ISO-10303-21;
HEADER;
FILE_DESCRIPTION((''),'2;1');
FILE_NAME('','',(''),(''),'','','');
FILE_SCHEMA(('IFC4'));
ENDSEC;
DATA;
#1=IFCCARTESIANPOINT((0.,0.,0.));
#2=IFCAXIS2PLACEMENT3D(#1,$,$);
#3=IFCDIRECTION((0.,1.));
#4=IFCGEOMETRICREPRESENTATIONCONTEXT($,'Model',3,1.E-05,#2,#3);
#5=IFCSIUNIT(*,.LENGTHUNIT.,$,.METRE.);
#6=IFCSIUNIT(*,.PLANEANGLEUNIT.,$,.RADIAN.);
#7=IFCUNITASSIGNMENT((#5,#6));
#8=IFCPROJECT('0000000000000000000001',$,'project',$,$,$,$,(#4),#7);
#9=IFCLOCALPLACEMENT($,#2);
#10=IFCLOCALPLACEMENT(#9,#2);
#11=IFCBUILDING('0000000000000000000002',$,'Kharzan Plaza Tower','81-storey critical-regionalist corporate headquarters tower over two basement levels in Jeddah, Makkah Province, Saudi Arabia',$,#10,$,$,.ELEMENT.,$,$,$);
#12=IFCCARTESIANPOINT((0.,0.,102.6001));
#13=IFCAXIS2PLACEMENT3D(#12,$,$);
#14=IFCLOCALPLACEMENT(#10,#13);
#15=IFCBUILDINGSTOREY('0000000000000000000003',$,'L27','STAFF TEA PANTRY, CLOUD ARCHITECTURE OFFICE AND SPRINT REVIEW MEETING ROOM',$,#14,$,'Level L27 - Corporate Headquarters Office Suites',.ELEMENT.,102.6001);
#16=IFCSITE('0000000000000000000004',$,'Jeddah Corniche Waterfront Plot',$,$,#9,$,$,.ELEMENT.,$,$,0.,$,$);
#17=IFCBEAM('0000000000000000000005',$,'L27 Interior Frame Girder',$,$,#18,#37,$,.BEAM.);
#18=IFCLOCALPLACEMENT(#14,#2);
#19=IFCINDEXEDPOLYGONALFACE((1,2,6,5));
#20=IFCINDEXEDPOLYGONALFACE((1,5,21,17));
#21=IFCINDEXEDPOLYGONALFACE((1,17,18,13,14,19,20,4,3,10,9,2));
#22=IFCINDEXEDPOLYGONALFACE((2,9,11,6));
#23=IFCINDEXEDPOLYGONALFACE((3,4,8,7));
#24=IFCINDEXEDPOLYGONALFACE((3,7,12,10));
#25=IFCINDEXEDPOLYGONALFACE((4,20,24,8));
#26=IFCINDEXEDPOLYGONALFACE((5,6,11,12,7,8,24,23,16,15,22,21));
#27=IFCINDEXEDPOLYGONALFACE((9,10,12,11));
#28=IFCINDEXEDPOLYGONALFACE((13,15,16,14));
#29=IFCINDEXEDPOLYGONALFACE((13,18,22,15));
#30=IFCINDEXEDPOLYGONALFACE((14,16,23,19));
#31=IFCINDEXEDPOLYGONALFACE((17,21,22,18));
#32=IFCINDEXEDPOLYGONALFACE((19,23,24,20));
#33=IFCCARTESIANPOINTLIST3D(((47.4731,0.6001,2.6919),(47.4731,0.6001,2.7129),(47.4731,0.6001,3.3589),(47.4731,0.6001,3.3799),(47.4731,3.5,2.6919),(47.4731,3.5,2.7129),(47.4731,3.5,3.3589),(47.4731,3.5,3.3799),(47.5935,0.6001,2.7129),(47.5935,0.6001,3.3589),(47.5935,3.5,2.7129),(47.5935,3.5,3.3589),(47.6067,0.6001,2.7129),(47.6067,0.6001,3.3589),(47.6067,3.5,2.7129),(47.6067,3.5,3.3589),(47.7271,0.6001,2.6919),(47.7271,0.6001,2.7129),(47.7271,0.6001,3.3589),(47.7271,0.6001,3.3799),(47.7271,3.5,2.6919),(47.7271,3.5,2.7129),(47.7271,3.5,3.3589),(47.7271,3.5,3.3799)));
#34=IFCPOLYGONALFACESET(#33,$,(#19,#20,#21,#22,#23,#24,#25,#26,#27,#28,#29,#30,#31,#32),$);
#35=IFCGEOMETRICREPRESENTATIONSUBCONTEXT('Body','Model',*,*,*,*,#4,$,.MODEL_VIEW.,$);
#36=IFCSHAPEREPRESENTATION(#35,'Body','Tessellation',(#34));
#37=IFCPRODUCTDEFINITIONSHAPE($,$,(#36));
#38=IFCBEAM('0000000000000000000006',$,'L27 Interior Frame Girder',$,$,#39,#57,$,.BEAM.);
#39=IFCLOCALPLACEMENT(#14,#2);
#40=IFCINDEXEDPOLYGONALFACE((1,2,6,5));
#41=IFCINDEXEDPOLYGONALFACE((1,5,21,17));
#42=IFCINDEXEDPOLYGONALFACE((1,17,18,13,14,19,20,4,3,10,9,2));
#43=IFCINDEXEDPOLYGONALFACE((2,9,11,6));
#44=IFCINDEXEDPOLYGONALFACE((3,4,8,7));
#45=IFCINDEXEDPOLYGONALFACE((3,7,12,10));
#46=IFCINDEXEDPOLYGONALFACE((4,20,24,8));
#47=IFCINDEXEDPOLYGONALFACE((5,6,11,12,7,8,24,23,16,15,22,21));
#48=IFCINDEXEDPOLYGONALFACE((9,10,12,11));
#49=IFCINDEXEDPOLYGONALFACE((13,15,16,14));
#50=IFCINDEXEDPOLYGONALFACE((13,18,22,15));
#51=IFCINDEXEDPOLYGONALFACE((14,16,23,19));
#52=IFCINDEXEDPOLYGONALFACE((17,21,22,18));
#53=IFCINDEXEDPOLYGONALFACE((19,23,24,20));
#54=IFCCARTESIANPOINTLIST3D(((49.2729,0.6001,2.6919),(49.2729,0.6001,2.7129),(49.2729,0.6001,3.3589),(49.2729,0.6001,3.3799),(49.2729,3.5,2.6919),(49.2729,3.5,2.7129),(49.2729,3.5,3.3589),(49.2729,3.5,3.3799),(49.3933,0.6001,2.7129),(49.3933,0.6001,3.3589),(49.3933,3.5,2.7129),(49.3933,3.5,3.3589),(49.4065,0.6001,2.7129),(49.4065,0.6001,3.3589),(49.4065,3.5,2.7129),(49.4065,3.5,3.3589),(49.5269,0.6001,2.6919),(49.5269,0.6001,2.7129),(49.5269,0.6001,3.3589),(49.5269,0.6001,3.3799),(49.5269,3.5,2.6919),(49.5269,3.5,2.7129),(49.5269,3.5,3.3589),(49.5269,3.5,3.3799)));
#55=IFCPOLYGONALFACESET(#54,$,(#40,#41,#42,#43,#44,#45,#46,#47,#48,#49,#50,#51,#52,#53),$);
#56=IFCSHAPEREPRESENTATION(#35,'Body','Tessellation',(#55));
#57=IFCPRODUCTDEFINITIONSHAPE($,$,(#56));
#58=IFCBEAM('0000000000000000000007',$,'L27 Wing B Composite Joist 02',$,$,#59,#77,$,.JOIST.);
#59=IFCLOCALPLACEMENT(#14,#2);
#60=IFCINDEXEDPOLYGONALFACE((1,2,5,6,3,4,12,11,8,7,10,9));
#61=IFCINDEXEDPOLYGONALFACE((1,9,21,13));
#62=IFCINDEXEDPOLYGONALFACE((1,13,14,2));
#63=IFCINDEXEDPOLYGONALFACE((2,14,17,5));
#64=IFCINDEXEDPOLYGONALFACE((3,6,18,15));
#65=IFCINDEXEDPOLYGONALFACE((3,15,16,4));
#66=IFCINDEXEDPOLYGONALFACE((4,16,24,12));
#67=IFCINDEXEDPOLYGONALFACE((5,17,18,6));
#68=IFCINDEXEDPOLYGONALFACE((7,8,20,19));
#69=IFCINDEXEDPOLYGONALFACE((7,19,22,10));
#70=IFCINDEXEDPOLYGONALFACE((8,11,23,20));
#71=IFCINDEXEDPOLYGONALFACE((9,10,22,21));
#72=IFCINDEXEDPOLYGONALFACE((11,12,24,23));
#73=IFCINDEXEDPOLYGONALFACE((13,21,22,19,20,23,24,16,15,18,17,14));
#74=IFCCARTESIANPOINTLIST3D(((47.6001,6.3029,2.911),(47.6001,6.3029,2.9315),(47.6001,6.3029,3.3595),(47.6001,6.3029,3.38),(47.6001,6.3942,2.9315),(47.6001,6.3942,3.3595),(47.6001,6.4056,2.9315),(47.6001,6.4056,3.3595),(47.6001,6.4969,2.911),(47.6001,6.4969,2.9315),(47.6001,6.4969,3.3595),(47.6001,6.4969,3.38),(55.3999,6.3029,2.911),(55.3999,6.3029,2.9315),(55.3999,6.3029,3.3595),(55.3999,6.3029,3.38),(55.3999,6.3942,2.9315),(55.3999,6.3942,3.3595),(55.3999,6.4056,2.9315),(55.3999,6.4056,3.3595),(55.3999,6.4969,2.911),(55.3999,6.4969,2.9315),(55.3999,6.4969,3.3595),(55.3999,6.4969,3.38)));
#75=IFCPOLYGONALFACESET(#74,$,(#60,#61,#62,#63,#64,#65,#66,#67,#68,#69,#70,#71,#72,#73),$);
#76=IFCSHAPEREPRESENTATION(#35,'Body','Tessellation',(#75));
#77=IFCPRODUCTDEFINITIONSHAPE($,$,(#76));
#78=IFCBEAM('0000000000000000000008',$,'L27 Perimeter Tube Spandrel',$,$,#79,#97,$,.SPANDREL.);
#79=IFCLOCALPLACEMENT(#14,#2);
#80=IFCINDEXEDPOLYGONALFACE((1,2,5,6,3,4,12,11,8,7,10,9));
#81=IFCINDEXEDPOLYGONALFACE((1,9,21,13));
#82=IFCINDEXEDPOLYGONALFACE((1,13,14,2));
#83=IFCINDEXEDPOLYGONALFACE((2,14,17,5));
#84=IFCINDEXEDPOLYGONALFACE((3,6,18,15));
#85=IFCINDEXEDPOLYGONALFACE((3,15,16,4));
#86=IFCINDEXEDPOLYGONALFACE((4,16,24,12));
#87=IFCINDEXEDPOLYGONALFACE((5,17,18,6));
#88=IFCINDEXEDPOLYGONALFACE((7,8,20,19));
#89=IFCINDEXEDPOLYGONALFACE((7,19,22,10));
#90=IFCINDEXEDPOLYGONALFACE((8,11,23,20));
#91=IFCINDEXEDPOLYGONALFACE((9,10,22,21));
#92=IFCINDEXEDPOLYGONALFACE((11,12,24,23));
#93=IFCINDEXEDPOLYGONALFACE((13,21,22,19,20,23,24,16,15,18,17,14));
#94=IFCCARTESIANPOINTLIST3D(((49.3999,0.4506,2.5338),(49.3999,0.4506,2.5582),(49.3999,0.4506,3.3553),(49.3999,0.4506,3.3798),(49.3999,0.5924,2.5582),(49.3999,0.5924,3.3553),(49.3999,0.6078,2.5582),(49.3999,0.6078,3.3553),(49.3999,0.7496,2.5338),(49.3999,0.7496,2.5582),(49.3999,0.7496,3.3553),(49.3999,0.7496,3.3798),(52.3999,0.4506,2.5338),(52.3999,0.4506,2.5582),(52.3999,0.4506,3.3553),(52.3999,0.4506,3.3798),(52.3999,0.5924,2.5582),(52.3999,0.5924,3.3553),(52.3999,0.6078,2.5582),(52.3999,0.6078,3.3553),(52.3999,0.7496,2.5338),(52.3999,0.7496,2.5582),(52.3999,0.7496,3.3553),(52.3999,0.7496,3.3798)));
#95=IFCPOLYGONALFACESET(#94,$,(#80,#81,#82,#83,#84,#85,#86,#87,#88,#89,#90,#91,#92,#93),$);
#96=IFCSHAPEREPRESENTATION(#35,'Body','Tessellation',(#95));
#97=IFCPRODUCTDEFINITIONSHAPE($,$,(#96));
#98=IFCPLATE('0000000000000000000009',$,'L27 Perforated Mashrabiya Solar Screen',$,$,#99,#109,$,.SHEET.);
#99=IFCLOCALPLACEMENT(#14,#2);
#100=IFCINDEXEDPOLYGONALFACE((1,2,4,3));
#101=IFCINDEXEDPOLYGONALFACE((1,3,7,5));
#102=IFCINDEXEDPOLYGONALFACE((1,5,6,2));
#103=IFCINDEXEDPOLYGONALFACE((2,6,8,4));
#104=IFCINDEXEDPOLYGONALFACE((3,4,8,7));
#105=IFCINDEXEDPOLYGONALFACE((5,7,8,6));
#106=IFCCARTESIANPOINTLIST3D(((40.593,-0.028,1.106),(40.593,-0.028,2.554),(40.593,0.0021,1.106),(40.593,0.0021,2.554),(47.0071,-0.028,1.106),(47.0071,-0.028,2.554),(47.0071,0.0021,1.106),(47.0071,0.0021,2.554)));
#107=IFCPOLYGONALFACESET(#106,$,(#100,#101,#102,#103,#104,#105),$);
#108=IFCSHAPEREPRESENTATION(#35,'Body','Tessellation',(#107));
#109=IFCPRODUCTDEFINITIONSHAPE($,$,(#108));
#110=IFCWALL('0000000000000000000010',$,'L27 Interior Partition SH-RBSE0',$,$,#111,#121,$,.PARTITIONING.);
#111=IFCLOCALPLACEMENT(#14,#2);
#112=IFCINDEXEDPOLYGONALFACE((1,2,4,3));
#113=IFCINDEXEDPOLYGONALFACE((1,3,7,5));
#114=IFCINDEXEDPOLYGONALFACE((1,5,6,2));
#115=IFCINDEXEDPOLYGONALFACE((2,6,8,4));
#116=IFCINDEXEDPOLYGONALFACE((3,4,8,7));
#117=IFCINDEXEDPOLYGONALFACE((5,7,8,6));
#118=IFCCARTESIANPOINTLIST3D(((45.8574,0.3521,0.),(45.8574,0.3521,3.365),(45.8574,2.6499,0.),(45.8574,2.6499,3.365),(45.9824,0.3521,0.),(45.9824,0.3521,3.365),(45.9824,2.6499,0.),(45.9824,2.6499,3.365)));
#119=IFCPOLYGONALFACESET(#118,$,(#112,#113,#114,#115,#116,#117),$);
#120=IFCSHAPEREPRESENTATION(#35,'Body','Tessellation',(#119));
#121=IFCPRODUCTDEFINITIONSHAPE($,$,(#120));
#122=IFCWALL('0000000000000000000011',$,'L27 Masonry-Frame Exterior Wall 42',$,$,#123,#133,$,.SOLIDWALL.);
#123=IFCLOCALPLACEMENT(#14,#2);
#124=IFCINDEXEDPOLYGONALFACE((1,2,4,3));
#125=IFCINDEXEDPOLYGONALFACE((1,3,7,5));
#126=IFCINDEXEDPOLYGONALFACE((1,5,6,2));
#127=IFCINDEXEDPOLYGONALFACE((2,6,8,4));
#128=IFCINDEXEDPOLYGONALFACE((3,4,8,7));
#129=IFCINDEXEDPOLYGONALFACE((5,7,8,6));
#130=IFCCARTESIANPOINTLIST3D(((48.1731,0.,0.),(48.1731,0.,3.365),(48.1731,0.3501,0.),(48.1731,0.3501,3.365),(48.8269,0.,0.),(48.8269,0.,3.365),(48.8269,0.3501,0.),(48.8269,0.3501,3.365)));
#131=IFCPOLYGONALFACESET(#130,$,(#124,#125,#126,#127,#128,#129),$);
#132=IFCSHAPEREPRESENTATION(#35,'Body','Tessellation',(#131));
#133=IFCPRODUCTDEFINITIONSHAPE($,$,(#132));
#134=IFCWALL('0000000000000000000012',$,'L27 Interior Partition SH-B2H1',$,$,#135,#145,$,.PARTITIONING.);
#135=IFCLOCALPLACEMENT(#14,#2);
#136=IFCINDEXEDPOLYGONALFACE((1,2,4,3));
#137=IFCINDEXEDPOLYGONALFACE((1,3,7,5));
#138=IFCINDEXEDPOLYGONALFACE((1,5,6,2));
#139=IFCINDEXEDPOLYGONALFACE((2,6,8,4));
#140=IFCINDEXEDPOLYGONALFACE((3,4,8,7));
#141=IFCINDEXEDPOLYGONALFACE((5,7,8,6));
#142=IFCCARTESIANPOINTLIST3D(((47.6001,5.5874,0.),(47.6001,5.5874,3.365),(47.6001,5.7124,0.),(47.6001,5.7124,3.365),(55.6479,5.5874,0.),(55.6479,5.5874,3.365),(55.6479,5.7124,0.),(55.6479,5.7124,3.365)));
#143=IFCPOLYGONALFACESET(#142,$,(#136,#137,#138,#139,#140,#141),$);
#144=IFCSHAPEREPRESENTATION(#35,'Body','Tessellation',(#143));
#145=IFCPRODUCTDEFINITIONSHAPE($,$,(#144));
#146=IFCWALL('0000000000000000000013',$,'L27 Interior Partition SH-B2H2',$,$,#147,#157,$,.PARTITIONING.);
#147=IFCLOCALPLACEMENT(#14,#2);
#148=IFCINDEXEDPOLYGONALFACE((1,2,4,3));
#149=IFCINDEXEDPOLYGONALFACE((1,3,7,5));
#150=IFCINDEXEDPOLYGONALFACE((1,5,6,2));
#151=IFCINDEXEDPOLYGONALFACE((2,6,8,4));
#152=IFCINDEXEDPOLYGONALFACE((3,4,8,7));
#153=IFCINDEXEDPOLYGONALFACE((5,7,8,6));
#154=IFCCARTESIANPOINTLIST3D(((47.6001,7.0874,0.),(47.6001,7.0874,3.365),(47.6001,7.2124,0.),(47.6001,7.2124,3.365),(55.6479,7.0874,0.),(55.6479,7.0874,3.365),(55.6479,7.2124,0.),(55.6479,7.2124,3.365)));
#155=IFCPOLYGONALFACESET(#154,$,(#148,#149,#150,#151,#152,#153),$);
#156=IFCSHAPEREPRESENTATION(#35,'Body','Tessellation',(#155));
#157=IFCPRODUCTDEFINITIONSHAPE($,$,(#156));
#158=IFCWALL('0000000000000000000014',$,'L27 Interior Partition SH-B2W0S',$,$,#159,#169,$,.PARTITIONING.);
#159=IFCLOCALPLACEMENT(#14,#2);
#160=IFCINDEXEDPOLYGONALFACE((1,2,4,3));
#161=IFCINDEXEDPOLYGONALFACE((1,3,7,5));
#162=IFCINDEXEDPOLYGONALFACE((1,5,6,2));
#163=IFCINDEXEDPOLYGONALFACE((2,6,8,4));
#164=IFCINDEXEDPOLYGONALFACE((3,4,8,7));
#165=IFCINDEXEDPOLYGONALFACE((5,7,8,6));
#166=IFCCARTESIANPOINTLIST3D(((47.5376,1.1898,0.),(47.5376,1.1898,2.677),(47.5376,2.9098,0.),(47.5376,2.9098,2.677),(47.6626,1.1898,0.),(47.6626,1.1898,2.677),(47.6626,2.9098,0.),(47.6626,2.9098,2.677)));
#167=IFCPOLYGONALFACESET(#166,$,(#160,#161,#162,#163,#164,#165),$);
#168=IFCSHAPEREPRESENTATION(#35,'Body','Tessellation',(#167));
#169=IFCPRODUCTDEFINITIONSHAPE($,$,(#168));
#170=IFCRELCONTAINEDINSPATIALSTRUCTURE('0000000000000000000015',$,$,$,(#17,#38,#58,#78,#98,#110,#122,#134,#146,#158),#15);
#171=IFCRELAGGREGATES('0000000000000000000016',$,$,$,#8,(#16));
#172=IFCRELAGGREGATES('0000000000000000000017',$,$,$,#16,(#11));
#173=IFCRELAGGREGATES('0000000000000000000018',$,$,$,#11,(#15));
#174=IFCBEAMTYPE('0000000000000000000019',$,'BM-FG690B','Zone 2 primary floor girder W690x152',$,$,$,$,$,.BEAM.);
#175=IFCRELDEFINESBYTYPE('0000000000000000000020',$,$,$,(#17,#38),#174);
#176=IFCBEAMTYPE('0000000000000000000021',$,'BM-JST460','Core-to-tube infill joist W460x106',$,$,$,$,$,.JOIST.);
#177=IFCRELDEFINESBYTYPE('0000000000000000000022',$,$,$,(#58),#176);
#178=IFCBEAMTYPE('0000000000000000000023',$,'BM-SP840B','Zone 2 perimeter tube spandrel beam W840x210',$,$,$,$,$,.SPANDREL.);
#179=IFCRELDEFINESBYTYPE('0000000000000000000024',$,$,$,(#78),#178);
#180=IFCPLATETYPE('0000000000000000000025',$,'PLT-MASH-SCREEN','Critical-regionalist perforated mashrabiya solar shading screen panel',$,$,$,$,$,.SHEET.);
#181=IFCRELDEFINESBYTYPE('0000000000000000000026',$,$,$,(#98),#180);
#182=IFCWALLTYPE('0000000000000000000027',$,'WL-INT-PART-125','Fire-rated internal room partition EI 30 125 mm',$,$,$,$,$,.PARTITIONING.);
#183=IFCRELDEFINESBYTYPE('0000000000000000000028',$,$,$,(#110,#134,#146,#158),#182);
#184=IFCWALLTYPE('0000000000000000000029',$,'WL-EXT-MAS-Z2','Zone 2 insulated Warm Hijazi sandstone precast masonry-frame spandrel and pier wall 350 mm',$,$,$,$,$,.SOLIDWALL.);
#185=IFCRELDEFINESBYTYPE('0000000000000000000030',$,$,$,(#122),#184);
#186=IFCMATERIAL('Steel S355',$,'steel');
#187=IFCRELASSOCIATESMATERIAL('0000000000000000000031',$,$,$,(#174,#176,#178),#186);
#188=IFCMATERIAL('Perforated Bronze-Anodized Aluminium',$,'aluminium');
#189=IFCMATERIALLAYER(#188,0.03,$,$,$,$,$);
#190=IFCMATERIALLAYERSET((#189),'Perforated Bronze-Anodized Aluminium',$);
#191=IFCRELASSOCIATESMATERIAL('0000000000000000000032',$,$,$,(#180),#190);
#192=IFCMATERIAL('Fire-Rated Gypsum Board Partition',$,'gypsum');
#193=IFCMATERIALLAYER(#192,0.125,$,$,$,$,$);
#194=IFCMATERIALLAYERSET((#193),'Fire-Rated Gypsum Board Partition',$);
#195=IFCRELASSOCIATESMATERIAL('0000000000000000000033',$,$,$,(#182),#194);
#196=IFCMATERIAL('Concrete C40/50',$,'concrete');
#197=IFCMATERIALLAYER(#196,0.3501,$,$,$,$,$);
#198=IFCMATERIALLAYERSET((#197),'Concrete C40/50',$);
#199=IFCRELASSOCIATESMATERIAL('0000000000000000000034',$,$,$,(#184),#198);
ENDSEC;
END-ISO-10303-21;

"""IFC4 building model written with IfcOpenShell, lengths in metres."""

from ifc_helpers import new_model, si_unit, direction, frame, frame_2d, origin, origin_2d, place, context, subcontext, project, spatial, rectangle, i_section, extrude, source, transform, mapped, material, layer, layer_set, material_profile, profile_set, type_object, element, save


model = new_model("IFC4")

# Units and contexts
model_context = context("Model", 3, precision=1e-05, world=origin(), true_north=direction((0.0, 1.0)))
body_context = subcontext(model_context, "Body", "Model", "MODEL_VIEW")
ifc_project = project(units=[si_unit("LENGTHUNIT", "METRE"), si_unit("PLANEANGLEUNIT", "RADIAN")], contexts=[model_context])

# Site, building, storey
site_placement = place(None, origin())
site = spatial("IfcSite", under=ifc_project, at=site_placement, Name="Jeddah Corniche Waterfront Plot", CompositionType="ELEMENT", RefElevation=0.0)
building_placement = place(site_placement, origin())
building = spatial("IfcBuilding", under=site, at=building_placement, Name="Kharzan Plaza Tower", Description="81-storey critical-regionalist corporate headquarters tower over two basement levels in Jeddah, Makkah Province, Saudi Arabia", CompositionType="ELEMENT")
storey_placement = place(building_placement, frame((0.0, 0.0, 102.6001)))
storey = spatial("IfcBuildingStorey", under=building, at=storey_placement, Name="L27", Description="STAFF TEA PANTRY, CLOUD ARCHITECTURE OFFICE AND SPRINT REVIEW MEETING ROOM", LongName="Level L27 - Corporate Headquarters Office Suites", CompositionType="ELEMENT", Elevation=102.6001)

# Beams
ifc_material_1 = material(Name="Steel S355", Category="steel")
ifc_material_profile_1 = material_profile(ifc_material_1, i_section(OverallWidth=0.2539, OverallDepth=0.688, WebThickness=0.0132, FlangeThickness=0.021, at=origin_2d()), Name="W690x152")
ifc_profile_set_1 = profile_set([ifc_material_profile_1], Name="Steel S355")
beam_type_1 = type_object("IfcBeamType", Name="BM-FG690B", Description="Zone 2 primary floor girder W690x152", PredefinedType="BEAM", material=ifc_profile_set_1)
shared_shape_1 = source(origin(), body_context, "Body", "SweptSolid", [
    extrude(i_section(OverallWidth=0.2539, OverallDepth=0.688, WebThickness=0.0132, FlangeThickness=0.021, at=origin_2d()), origin(), (0.0, 0.0, 1.0), 2.8999),
])
for number, where, z_axis, x_axis, name in (
    (1, (47.6001, 0.6001, 3.0359), (0.0, 1.0, 0.0), (-1.0, 0.0, 0.0), "L27 Interior Frame Girder"),
    (2, (49.3999, 0.6001, 3.0359), (0.0, 1.0, 0.0), (-1.0, 0.0, 0.0), "L27 Interior Frame Girder"),
):
    element("IfcBeam", number, at=place(storey_placement, frame(where, z_axis=z_axis, x_axis=x_axis)), inside=storey, type_object=beam_type_1, Name=name, PredefinedType="BEAM", context=body_context, shape_type="MappedRepresentation", body=[
        mapped(shared_shape_1, transform((0.0, 0.0, 0.0), x_axis=(1.0, 0.0, 0.0), y_axis=(0.0, 1.0, 0.0), z_axis=(0.0, 0.0, 1.0))),
    ])
ifc_material_profile_2 = material_profile(ifc_material_1, i_section(OverallWidth=0.1941, OverallDepth=0.469, WebThickness=0.0115, FlangeThickness=0.0205, at=origin_2d()), Name="W460x106")
ifc_profile_set_2 = profile_set([ifc_material_profile_2], Name="Steel S355")
beam_type_2 = type_object("IfcBeamType", Name="BM-JST460", Description="Core-to-tube infill joist W460x106", PredefinedType="JOIST", material=ifc_profile_set_2)
shared_shape_2 = source(origin(), body_context, "Body", "SweptSolid", [
    extrude(i_section(OverallWidth=0.1941, OverallDepth=0.469, WebThickness=0.0115, FlangeThickness=0.0205, at=origin_2d()), origin(), (0.0, 0.0, 1.0), 7.7998),
])
beam_1_placement = place(storey_placement, frame((47.6001, 6.3999, 3.1455), z_axis=(1.0, 0.0, 0.0), x_axis=(0.0, 1.0, 0.0)))
element("IfcBeam", 3, at=beam_1_placement, inside=storey, type_object=beam_type_2, Name="L27 Wing B Composite Joist 02", PredefinedType="JOIST", context=body_context, shape_type="MappedRepresentation", body=[
    mapped(shared_shape_2, transform((0.0, 0.0, 0.0), x_axis=(1.0, 0.0, 0.0), y_axis=(0.0, 1.0, 0.0), z_axis=(0.0, 0.0, 1.0))),
])
ifc_material_profile_3 = material_profile(ifc_material_1, i_section(OverallWidth=0.2991, OverallDepth=0.8459, WebThickness=0.0154, FlangeThickness=0.0244, at=origin_2d()), Name="W840x210")
ifc_profile_set_3 = profile_set([ifc_material_profile_3], Name="Steel S355")
beam_type_3 = type_object("IfcBeamType", Name="BM-SP840B", Description="Zone 2 perimeter tube spandrel beam W840x210", PredefinedType="SPANDREL", material=ifc_profile_set_3)
shared_shape_3 = source(origin(), body_context, "Body", "SweptSolid", [
    extrude(i_section(OverallWidth=0.2991, OverallDepth=0.8459, WebThickness=0.0154, FlangeThickness=0.0244, at=origin_2d()), origin(), (0.0, 0.0, 1.0), 3.0),
])
beam_2_placement = place(storey_placement, frame((49.3999, 0.6001, 2.9568), z_axis=(1.0, 0.0, 0.0), x_axis=(0.0, 1.0, 0.0)))
element("IfcBeam", 4, at=beam_2_placement, inside=storey, type_object=beam_type_3, Name="L27 Perimeter Tube Spandrel", PredefinedType="SPANDREL", context=body_context, shape_type="MappedRepresentation", body=[
    mapped(shared_shape_3, transform((0.0, 0.0, 0.0), x_axis=(1.0, 0.0, 0.0), y_axis=(0.0, 1.0, 0.0), z_axis=(0.0, 0.0, 1.0))),
])

# Plate
ifc_material_2 = material(Name="Perforated Bronze-Anodized Aluminium", Category="aluminium")
ifc_layer_1 = layer(ifc_material_2, 0.03)
ifc_layer_set_1 = layer_set([ifc_layer_1], Name="Perforated Bronze-Anodized Aluminium")
plate_type = type_object("IfcPlateType", Name="PLT-MASH-SCREEN", Description="Critical-regionalist perforated mashrabiya solar shading screen panel", PredefinedType="SHEET", material=ifc_layer_set_1)
shared_shape_4 = source(origin(), body_context, "Body", "SweptSolid", [
    extrude(rectangle(XDim=6.4141, YDim=0.03, at=origin_2d()), origin(), (0.0, 0.0, 1.0), 1.448),
])
plate_placement = place(storey_placement, frame((43.8, -0.0129, 1.106), z_axis=(0.0, 0.0, 1.0), x_axis=(1.0, 0.0, 0.0)))
element("IfcPlate", 5, at=plate_placement, inside=storey, type_object=plate_type, Name="L27 Perforated Mashrabiya Solar Screen", PredefinedType="SHEET", context=body_context, shape_type="MappedRepresentation", body=[
    mapped(shared_shape_4, transform((0.0, 0.0, 0.0), x_axis=(1.0, 0.0, 0.0), y_axis=(0.0, 1.0, 0.0), z_axis=(0.0, 0.0, 1.0))),
])

# Shared definitions
ifc_material_3 = material(Name="Fire-Rated Gypsum Board Partition", Category="gypsum")
ifc_layer_2 = layer(ifc_material_3, 0.125)
ifc_layer_set_2 = layer_set([ifc_layer_2], Name="Fire-Rated Gypsum Board Partition")
wall_type_1 = type_object("IfcWallType", Name="WL-INT-PART-125", Description="Fire-rated internal room partition EI 30 125 mm", PredefinedType="PARTITIONING", material=ifc_layer_set_2)

# Walls
shared_shape_5 = source(origin(), body_context, "Body", "SweptSolid", [
    extrude(rectangle(XDim=2.2979, YDim=0.125, at=frame_2d((1.1489, 0.0))), origin(), (0.0, 0.0, 1.0), 3.365),
])
wall_1_placement = place(storey_placement, frame((45.9199, 0.3521, 0.0), z_axis=(0.0, 0.0, 1.0), x_axis=(0.0, 1.0, 0.0)))
element("IfcWall", 6, at=wall_1_placement, inside=storey, type_object=wall_type_1, Name="L27 Interior Partition SH-RBSE0", PredefinedType="PARTITIONING", context=body_context, shape_type="MappedRepresentation", body=[
    mapped(shared_shape_5, transform((0.0, 0.0, 0.0), x_axis=(1.0, 0.0, 0.0), y_axis=(0.0, 1.0, 0.0), z_axis=(0.0, 0.0, 1.0))),
])
ifc_material_4 = material(Name="Concrete C40/50", Category="concrete")
ifc_layer_3 = layer(ifc_material_4, 0.3501)
ifc_layer_set_3 = layer_set([ifc_layer_3], Name="Concrete C40/50")
wall_type_2 = type_object("IfcWallType", Name="WL-EXT-MAS-Z2", Description="Zone 2 insulated Warm Hijazi sandstone precast masonry-frame spandrel and pier wall 350 mm", PredefinedType="SOLIDWALL", material=ifc_layer_set_3)
shared_shape_6 = source(origin(), body_context, "Body", "SweptSolid", [
    extrude(rectangle(XDim=0.6538, YDim=0.3501, at=frame_2d((0.3269, 0.0))), origin(), (0.0, 0.0, 1.0), 3.365),
])
wall_2_placement = place(storey_placement, frame((48.1731, 0.175, 0.0), z_axis=(0.0, 0.0, 1.0), x_axis=(1.0, 0.0, 0.0)))
element("IfcWall", 7, at=wall_2_placement, inside=storey, type_object=wall_type_2, Name="L27 Masonry-Frame Exterior Wall 42", PredefinedType="SOLIDWALL", context=body_context, shape_type="MappedRepresentation", body=[
    mapped(shared_shape_6, transform((0.0, 0.0, 0.0), x_axis=(1.0, 0.0, 0.0), y_axis=(0.0, 1.0, 0.0), z_axis=(0.0, 0.0, 1.0))),
])
shared_shape_7 = source(origin(), body_context, "Body", "SweptSolid", [
    extrude(rectangle(XDim=8.0479, YDim=0.125, at=frame_2d((4.0239, 0.0))), origin(), (0.0, 0.0, 1.0), 3.365),
])
for number, where, z_axis, x_axis, name in (
    (8, (47.6001, 5.6499, 0.0), (0.0, 0.0, 1.0), (1.0, 0.0, 0.0), "L27 Interior Partition SH-B2H1"),
    (9, (47.6001, 7.1499, 0.0), (0.0, 0.0, 1.0), (1.0, 0.0, 0.0), "L27 Interior Partition SH-B2H2"),
):
    element("IfcWall", number, at=place(storey_placement, frame(where, z_axis=z_axis, x_axis=x_axis)), inside=storey, type_object=wall_type_1, Name=name, PredefinedType="PARTITIONING", context=body_context, shape_type="MappedRepresentation", body=[
        mapped(shared_shape_7, transform((0.0, 0.0, 0.0), x_axis=(1.0, 0.0, 0.0), y_axis=(0.0, 1.0, 0.0), z_axis=(0.0, 0.0, 1.0))),
    ])
shared_shape_8 = source(origin(), body_context, "Body", "SweptSolid", [
    extrude(rectangle(XDim=1.72, YDim=0.125, at=frame_2d((0.8599, 0.0))), origin(), (0.0, 0.0, 1.0), 2.677),
])
wall_3_placement = place(storey_placement, frame((47.6001, 1.1899, 0.0), z_axis=(0.0, 0.0, 1.0), x_axis=(0.0, 1.0, 0.0)))
element("IfcWall", 10, at=wall_3_placement, inside=storey, type_object=wall_type_1, Name="L27 Interior Partition SH-B2W0S", PredefinedType="PARTITIONING", context=body_context, shape_type="MappedRepresentation", body=[
    mapped(shared_shape_8, transform((0.0, 0.0, 0.0), x_axis=(1.0, 0.0, 0.0), y_axis=(0.0, 1.0, 0.0), z_axis=(0.0, 0.0, 1.0))),
])

save(model, "model.ifc")
